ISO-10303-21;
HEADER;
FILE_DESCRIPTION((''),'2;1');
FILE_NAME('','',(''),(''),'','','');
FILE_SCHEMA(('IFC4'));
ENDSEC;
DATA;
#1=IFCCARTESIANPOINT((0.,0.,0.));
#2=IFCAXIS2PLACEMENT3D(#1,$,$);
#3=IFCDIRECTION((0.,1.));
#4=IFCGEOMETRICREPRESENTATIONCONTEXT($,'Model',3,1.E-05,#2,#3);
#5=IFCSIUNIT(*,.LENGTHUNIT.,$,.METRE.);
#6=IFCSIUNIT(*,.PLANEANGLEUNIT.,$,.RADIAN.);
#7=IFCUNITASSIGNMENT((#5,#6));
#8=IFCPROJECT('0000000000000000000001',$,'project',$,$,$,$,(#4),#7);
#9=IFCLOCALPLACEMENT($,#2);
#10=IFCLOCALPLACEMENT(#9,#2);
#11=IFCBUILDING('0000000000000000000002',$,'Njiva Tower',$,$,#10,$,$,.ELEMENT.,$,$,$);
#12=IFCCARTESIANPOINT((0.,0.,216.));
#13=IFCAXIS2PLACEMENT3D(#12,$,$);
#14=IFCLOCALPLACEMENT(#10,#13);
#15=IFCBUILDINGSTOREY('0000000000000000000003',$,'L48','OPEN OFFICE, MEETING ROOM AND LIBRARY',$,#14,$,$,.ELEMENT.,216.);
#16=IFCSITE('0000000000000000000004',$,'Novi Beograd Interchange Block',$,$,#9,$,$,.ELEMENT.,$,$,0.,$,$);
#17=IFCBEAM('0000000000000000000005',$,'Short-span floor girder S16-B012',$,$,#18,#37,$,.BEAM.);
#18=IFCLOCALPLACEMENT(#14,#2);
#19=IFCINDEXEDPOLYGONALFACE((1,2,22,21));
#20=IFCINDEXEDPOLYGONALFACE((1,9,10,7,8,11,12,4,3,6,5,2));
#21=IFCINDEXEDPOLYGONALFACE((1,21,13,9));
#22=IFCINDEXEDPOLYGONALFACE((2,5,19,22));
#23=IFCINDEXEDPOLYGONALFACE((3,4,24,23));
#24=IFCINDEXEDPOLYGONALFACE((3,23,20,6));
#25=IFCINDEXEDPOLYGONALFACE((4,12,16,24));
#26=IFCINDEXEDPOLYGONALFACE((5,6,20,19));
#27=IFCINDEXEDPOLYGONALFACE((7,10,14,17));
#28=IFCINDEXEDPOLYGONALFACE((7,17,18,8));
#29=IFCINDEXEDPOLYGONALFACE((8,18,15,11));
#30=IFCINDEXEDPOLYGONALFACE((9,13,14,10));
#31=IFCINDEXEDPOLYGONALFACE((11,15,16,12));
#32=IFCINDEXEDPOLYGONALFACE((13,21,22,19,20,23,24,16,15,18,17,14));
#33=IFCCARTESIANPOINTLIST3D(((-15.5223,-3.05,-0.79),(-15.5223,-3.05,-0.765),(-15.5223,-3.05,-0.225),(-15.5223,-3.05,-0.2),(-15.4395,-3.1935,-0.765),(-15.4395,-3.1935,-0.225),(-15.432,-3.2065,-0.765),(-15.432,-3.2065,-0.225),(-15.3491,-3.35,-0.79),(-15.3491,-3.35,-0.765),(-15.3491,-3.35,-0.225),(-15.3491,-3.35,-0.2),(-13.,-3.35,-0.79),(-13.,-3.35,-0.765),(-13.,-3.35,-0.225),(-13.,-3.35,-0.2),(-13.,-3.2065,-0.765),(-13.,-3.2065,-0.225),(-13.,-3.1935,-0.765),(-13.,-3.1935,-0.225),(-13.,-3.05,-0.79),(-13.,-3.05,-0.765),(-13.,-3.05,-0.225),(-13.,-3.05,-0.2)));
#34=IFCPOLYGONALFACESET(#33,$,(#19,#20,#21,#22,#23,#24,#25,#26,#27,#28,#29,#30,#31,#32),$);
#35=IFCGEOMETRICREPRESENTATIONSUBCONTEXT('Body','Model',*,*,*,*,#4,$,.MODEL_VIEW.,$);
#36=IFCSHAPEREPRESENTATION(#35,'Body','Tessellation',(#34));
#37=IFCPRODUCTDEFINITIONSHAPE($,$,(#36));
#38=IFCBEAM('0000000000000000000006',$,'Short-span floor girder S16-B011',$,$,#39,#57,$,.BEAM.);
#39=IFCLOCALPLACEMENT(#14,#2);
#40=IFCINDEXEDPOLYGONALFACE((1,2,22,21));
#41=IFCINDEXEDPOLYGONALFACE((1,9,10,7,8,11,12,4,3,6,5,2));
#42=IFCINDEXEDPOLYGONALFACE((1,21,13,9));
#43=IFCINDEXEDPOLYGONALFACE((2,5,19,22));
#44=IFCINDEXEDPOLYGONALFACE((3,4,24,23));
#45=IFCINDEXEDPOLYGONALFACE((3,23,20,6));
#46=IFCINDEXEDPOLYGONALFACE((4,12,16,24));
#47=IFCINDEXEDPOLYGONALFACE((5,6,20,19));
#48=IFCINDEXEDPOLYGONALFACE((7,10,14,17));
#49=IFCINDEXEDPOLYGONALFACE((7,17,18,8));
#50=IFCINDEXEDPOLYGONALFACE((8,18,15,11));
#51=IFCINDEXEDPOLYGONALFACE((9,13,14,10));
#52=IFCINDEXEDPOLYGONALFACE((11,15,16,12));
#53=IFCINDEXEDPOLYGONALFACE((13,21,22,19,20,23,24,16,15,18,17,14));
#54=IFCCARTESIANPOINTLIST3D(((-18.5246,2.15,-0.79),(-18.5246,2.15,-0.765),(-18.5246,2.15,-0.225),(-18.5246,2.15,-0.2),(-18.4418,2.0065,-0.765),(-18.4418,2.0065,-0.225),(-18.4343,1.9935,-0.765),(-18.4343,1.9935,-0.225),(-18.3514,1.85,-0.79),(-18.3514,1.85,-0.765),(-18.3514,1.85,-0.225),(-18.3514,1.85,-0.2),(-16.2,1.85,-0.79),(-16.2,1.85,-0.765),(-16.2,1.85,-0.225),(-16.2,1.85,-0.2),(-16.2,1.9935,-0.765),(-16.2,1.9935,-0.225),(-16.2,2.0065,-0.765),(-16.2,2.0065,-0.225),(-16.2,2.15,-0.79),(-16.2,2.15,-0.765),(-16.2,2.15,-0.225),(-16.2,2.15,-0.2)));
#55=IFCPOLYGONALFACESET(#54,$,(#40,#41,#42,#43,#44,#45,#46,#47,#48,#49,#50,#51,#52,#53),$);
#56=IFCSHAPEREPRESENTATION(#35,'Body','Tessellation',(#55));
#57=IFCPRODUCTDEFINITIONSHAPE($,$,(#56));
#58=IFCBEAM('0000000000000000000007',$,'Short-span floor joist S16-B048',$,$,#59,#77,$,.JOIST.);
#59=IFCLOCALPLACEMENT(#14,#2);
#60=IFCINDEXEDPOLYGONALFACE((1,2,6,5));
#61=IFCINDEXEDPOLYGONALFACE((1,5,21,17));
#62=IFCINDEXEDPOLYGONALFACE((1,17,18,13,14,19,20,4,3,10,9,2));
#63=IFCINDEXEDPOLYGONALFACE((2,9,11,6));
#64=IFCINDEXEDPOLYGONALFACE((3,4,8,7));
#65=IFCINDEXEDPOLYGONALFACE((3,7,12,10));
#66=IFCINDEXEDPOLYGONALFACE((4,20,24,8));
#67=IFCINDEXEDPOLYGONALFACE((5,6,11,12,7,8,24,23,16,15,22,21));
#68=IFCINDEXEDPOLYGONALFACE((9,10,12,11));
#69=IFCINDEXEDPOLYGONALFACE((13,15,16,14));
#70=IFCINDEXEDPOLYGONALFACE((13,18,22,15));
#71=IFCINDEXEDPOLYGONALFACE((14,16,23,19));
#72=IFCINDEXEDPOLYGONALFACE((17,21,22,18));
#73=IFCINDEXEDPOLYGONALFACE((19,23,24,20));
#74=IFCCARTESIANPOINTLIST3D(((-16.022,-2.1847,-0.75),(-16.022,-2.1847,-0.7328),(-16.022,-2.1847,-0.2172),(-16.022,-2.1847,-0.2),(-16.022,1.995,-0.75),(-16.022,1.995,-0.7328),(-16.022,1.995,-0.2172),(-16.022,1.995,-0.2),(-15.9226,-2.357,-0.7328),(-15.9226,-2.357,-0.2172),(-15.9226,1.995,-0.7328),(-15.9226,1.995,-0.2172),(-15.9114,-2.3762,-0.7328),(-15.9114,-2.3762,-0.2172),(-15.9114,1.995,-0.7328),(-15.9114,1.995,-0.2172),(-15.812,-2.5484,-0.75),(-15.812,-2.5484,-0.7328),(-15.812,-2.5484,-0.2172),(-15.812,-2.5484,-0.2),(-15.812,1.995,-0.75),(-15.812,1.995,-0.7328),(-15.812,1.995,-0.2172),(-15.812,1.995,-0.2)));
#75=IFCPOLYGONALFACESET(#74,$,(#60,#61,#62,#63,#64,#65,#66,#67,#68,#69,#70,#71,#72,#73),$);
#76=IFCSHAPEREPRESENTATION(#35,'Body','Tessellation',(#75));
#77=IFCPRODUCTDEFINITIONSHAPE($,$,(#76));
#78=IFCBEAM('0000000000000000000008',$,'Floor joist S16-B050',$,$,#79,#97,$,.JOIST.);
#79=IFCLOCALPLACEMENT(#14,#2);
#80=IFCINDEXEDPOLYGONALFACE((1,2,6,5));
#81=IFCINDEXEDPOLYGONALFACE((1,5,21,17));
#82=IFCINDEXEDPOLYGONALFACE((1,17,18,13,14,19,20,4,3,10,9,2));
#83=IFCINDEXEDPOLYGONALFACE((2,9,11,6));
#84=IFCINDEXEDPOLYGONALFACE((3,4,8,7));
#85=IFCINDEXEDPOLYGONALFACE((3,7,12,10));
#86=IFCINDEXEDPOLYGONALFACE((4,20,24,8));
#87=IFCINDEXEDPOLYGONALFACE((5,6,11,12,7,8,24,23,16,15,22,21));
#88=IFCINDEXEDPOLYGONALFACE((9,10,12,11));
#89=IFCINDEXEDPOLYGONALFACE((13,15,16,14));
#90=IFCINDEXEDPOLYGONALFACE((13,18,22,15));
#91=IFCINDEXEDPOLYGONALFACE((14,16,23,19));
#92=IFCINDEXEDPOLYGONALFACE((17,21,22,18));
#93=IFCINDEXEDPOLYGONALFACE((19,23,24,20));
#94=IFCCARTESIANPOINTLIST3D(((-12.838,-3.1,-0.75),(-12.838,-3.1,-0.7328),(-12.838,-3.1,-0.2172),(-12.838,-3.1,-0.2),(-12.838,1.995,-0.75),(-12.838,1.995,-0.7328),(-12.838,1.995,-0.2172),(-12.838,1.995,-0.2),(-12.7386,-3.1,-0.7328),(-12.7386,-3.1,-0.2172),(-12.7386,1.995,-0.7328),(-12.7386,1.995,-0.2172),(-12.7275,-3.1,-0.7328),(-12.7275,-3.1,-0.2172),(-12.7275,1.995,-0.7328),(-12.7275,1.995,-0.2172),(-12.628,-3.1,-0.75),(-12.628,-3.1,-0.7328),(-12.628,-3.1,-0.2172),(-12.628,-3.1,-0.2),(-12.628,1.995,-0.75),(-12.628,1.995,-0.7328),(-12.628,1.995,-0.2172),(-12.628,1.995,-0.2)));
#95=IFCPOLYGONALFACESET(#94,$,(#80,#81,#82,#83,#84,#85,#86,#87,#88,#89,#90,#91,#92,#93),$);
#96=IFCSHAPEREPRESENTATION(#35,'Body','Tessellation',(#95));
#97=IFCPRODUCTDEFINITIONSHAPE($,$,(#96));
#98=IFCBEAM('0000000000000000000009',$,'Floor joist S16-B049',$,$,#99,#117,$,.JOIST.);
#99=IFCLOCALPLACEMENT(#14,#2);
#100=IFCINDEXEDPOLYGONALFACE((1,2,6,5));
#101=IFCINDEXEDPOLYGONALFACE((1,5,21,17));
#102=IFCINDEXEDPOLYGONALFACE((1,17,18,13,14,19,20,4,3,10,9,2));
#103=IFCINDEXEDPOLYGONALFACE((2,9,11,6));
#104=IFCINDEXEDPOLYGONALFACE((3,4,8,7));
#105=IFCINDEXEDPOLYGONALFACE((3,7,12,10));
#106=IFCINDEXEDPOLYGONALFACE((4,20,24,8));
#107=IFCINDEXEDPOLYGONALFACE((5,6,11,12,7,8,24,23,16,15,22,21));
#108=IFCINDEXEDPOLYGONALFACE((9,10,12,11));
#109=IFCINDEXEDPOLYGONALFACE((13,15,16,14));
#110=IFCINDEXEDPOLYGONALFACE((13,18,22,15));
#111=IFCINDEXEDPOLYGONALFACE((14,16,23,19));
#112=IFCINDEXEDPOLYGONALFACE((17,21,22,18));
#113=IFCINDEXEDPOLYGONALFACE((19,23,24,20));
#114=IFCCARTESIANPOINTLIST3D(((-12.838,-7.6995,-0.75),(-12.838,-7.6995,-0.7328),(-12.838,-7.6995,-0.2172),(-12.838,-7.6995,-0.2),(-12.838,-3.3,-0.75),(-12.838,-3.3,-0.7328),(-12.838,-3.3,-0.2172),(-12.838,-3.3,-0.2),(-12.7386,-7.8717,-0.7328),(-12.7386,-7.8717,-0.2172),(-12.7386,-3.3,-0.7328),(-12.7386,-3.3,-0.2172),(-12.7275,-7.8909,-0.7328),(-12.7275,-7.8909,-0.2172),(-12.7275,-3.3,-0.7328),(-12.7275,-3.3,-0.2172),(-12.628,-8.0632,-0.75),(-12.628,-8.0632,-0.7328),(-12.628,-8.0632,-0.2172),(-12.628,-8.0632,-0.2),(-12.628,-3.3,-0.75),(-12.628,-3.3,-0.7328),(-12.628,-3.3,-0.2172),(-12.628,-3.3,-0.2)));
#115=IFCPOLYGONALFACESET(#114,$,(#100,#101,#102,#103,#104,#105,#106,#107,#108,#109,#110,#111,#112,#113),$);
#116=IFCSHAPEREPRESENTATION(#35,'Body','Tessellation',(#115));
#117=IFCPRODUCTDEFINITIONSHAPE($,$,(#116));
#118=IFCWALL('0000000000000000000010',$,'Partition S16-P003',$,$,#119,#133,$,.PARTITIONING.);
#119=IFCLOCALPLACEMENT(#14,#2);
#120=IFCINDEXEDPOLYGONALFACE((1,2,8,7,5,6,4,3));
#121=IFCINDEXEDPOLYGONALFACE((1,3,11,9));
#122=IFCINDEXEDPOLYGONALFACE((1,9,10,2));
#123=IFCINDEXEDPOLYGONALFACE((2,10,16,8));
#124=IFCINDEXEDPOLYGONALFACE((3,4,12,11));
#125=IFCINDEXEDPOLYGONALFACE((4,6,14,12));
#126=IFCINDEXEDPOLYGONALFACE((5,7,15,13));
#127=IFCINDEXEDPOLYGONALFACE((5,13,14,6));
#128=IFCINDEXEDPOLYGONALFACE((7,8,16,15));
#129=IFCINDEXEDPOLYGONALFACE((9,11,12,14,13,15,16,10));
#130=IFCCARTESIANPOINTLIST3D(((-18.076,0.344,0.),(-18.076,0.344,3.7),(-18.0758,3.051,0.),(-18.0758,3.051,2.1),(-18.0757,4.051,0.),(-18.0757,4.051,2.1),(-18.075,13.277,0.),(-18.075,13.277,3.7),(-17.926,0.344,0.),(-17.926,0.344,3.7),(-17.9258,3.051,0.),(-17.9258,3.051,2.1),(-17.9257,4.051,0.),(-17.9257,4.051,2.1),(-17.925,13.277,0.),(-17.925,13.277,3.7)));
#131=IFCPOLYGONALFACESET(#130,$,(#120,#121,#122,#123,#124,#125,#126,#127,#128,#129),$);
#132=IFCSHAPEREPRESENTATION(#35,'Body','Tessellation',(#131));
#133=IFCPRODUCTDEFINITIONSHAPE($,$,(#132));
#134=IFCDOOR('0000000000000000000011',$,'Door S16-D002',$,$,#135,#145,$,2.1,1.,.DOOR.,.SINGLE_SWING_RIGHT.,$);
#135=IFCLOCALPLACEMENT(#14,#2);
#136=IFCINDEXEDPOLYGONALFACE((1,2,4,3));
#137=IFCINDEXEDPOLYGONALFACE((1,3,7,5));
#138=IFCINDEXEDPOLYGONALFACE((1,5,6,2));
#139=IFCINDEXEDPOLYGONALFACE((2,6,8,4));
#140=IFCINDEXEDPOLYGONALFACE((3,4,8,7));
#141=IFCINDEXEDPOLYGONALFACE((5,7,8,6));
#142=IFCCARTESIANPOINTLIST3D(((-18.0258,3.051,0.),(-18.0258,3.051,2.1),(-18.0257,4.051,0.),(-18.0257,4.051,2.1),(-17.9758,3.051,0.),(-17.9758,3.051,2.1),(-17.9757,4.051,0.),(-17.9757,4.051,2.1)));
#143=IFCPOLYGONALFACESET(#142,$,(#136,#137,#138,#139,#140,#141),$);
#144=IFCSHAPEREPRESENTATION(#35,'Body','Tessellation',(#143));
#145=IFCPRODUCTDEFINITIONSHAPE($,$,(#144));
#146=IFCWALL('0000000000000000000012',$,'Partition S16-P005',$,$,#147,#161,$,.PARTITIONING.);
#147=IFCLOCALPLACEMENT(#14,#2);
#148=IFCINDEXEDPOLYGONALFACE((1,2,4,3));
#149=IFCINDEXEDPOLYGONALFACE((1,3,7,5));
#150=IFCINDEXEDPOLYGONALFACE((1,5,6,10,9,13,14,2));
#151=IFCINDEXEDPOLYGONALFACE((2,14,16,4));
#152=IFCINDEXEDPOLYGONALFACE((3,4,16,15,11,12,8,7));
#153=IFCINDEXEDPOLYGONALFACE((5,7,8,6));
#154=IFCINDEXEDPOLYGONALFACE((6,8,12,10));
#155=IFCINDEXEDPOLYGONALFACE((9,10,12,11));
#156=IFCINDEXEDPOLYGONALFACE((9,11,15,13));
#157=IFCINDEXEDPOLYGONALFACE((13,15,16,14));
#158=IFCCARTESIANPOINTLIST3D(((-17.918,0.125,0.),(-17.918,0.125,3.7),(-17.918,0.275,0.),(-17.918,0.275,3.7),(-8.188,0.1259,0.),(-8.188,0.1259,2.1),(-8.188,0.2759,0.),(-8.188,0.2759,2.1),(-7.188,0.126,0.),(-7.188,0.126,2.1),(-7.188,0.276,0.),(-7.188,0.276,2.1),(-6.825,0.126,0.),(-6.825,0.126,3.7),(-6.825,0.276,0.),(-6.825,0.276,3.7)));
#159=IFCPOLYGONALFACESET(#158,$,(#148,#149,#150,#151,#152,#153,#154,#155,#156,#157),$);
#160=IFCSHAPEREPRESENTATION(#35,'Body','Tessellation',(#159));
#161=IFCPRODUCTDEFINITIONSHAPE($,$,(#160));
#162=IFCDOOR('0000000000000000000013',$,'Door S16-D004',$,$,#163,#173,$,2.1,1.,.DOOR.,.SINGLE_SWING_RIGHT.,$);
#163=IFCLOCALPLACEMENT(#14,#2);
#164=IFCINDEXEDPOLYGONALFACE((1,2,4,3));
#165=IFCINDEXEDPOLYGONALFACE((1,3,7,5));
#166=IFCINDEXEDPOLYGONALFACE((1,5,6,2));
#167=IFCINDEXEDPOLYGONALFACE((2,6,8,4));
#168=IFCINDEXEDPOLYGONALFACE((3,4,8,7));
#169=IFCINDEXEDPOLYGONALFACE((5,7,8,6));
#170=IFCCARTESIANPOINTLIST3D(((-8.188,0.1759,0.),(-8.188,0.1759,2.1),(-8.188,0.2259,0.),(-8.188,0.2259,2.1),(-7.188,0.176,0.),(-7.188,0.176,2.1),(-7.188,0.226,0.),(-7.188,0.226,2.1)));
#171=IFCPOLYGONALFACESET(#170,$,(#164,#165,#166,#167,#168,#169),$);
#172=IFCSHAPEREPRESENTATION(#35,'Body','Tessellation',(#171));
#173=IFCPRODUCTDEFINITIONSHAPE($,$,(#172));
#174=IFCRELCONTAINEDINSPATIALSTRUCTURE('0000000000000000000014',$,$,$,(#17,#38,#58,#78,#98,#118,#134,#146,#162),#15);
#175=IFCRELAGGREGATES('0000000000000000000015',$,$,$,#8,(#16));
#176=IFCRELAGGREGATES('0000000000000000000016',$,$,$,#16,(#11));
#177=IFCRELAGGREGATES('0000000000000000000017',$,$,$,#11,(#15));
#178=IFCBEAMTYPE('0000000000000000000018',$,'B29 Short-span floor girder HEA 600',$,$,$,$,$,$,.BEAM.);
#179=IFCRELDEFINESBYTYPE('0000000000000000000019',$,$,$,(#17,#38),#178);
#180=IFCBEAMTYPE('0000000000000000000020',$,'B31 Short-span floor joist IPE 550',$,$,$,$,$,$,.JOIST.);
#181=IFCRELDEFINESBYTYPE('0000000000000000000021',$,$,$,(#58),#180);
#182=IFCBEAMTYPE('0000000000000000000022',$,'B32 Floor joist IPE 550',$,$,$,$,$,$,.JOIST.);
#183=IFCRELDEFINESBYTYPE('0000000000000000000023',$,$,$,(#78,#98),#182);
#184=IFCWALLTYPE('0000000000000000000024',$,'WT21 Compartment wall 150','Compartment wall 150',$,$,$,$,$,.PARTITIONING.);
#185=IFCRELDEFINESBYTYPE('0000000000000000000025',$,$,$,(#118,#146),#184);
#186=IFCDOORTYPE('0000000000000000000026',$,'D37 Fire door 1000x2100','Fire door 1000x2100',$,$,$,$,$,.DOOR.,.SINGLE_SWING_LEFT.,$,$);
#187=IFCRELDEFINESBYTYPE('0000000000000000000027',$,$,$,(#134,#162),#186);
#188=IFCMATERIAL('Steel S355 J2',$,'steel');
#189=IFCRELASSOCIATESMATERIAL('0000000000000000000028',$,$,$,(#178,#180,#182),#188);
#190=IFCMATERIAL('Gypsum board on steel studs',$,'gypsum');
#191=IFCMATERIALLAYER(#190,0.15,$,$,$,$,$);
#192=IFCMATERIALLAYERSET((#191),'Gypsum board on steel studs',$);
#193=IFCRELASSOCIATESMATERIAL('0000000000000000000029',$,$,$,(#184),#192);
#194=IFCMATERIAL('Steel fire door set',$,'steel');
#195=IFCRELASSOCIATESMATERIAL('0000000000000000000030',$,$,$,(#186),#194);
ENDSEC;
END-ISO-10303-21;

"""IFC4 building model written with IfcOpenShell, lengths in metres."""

from ifc_helpers import new_model, si_unit, direction, frame, frame_2d, origin, origin_2d, place, context, subcontext, project, spatial, rectangle, i_section, extrude, clip, halfspace, material, layer, layer_set, material_profile, profile_set, type_object, element, fill, save


model = new_model("IFC4")

# Units and contexts
model_context = context("Model", 3, precision=1e-05, world=origin(), true_north=direction((0.0, 1.0)))
body_context = subcontext(model_context, "Body", "Model", "MODEL_VIEW")
ifc_project = project(units=[si_unit("LENGTHUNIT", "METRE"), si_unit("PLANEANGLEUNIT", "RADIAN")], contexts=[model_context])

# Site, building, storey
site_placement = place(None, origin())
site = spatial("IfcSite", under=ifc_project, at=site_placement, Name="Novi Beograd Interchange Block", CompositionType="ELEMENT", RefElevation=0.0)
building_placement = place(site_placement, origin())
building = spatial("IfcBuilding", under=site, at=building_placement, Name="Njiva Tower", CompositionType="ELEMENT")
storey_placement = place(building_placement, frame((0.0, 0.0, 216.0)))
storey = spatial("IfcBuildingStorey", under=building, at=storey_placement, Name="L48", Description="OPEN OFFICE, MEETING ROOM AND LIBRARY", CompositionType="ELEMENT", Elevation=216.0)

# Shared definitions
ifc_material_1 = material(Name="Steel S355 J2", Category="steel")

# Beams
ifc_material_profile_1 = material_profile(ifc_material_1, i_section(OverallWidth=0.3, OverallDepth=0.59, WebThickness=0.013, FlangeThickness=0.025, at=origin_2d()), Name="HEA 600")
ifc_profile_set_1 = profile_set([ifc_material_profile_1], Name="Steel S355 J2")
beam_type_1 = type_object("IfcBeamType", Name="B29 Short-span floor girder HEA 600", PredefinedType="BEAM", material=ifc_profile_set_1)
beam_1_placement = place(storey_placement, frame((-15.543, -3.2, -0.495), z_axis=(1.0, 0.0, 0.0), x_axis=(0.0, 1.0, 0.0)))
element("IfcBeam", 1, at=beam_1_placement, inside=storey, type_object=beam_type_1, Name="Short-span floor girder S16-B012", PredefinedType="BEAM", context=body_context, shape_type="Clipping", body=[
    clip(extrude(i_section(OverallWidth=0.3, OverallDepth=0.59, WebThickness=0.013, FlangeThickness=0.025, at=origin_2d()), origin(), (0.0, 0.0, 1.0), 2.543), halfspace(frame((-0.025, 0.0, 0.1217), z_axis=(-0.499998, 0.0, -0.866027), x_axis=(0.0, -1.0, 0.0)), False)),
])
beam_2_placement = place(storey_placement, frame((-18.545, 2.0, -0.495), z_axis=(1.0, 0.0, 0.0), x_axis=(0.0, 1.0, 0.0)))
element("IfcBeam", 2, at=beam_2_placement, inside=storey, type_object=beam_type_1, Name="Short-span floor girder S16-B011", PredefinedType="BEAM", context=body_context, shape_type="Clipping", body=[
    clip(extrude(i_section(OverallWidth=0.3, OverallDepth=0.59, WebThickness=0.013, FlangeThickness=0.025, at=origin_2d()), origin(), (0.0, 0.0, 1.0), 2.345), halfspace(frame((-0.025, 0.0, 0.1214), z_axis=(-0.499998, 0.0, -0.866027), x_axis=(0.0, -1.0, 0.0)), False)),
])
ifc_material_profile_2 = material_profile(ifc_material_1, i_section(OverallWidth=0.21, OverallDepth=0.55, WebThickness=0.0111, FlangeThickness=0.0172, at=origin_2d()), Name="IPE 550")
ifc_profile_set_2 = profile_set([ifc_material_profile_2], Name="Steel S355 J2")
beam_type_2 = type_object("IfcBeamType", Name="B31 Short-span floor joist IPE 550", PredefinedType="JOIST", material=ifc_profile_set_2)
beam_3_placement = place(storey_placement, frame((-15.917, 1.995, -0.475), z_axis=(0.0, -1.0, 0.0), x_axis=(1.0, 0.0, 0.0)))
element("IfcBeam", 3, at=beam_3_placement, inside=storey, type_object=beam_type_2, Name="Short-span floor joist S16-B048", PredefinedType="JOIST", context=body_context, shape_type="Clipping", body=[
    clip(extrude(i_section(OverallWidth=0.21, OverallDepth=0.55, WebThickness=0.0111, FlangeThickness=0.0172, at=origin_2d()), origin(), (0.0, 0.0, 1.0), 4.564), halfspace(frame((-0.043, 0.0, 4.2871), z_axis=(-0.866027, 0.0, 0.499998), x_axis=(0.0, 1.0, 0.0)), False)),
])
ifc_material_profile_3 = material_profile(ifc_material_1, i_section(OverallWidth=0.21, OverallDepth=0.55, WebThickness=0.0111, FlangeThickness=0.0172, at=origin_2d()), Name="IPE 550")
ifc_profile_set_3 = profile_set([ifc_material_profile_3], Name="Steel S355 J2")
beam_type_3 = type_object("IfcBeamType", Name="B32 Floor joist IPE 550", PredefinedType="JOIST", material=ifc_profile_set_3)
beam_4_placement = place(storey_placement, frame((-12.733, 1.995, -0.475), z_axis=(0.0, -1.0, 0.0), x_axis=(1.0, 0.0, 0.0)))
element("IfcBeam", 4, at=beam_4_placement, inside=storey, type_object=beam_type_3, Name="Floor joist S16-B050", PredefinedType="JOIST", context=body_context, shape_type="SweptSolid", body=[
    extrude(i_section(OverallWidth=0.21, OverallDepth=0.55, WebThickness=0.0111, FlangeThickness=0.0172, at=origin_2d()), origin(), (0.0, 0.0, 1.0), 5.095),
])
beam_5_placement = place(storey_placement, frame((-12.733, -3.3, -0.475), z_axis=(0.0, -1.0, 0.0), x_axis=(1.0, 0.0, 0.0)))
element("IfcBeam", 5, at=beam_5_placement, inside=storey, type_object=beam_type_3, Name="Floor joist S16-B049", PredefinedType="JOIST", context=body_context, shape_type="Clipping", body=[
    clip(extrude(i_section(OverallWidth=0.21, OverallDepth=0.55, WebThickness=0.0111, FlangeThickness=0.0172, at=origin_2d()), origin(), (0.0, 0.0, 1.0), 4.783), halfspace(frame((-0.0436, 0.0, 4.5058), z_axis=(-0.866027, 0.0, 0.499998), x_axis=(0.0, 1.0, 0.0)), False)),
])

# Walls, openings, doors
ifc_material_2 = material(Name="Gypsum board on steel studs", Category="gypsum")
ifc_layer = layer(ifc_material_2, 0.15)
ifc_layer_set = layer_set([ifc_layer], Name="Gypsum board on steel studs")
wall_type = type_object("IfcWallType", Name="WT21 Compartment wall 150", Description="Compartment wall 150", PredefinedType="PARTITIONING", material=ifc_layer_set)
wall_1_placement = place(storey_placement, frame((-18.001, 0.344, 0.0), z_axis=(0.0, 0.0, 1.0), x_axis=(0.000077, 1.0, 0.0)))
wall_1 = element("IfcWall", 6, at=wall_1_placement, inside=storey, type_object=wall_type, Name="Partition S16-P003", PredefinedType="PARTITIONING", context=body_context, shape_type="SweptSolid", body=[
    extrude(rectangle(XDim=12.933, YDim=0.15, at=frame_2d((6.4665, 0.0))), origin(), (0.0, 0.0, 1.0), 3.7),
])
opening_1_placement = place(wall_1_placement, frame((2.707, 0.0, 0.0)))
opening_1 = element("IfcOpeningElement", 7, at=opening_1_placement, cuts=wall_1, PredefinedType="OPENING", context=body_context, shape_type="SweptSolid", body=[
    extrude(rectangle(XDim=1.0, YDim=2.1, at=frame_2d((0.5, 1.05))), frame((0.0, 0.085, 0.0), z_axis=(0.0, -1.0, 0.0), x_axis=(1.0, 0.0, 0.0)), (0.0, 0.0, 1.0), 0.17),
])
ifc_material_3 = material(Name="Steel fire door set", Category="steel")
door_type = type_object("IfcDoorType", Name="D37 Fire door 1000x2100", Description="Fire door 1000x2100", OperationType="SINGLE_SWING_LEFT", PredefinedType="DOOR", material=ifc_material_3)
door_1_placement = place(opening_1_placement, origin())
door_1 = element("IfcDoor", 8, at=door_1_placement, inside=storey, type_object=door_type, Name="Door S16-D002", OperationType="SINGLE_SWING_RIGHT", OverallHeight=2.1, OverallWidth=1.0, PredefinedType="DOOR", context=body_context, shape_type="SweptSolid", body=[
    extrude(rectangle(XDim=1.0, YDim=2.1, at=frame_2d((0.5, 1.05))), frame((0.0, 0.025, 0.0), z_axis=(0.0, -1.0, 0.0), x_axis=(1.0, 0.0, 0.0)), (0.0, 0.0, 1.0), 0.05),
])
fill(opening_1, door_1)
wall_2_placement = place(storey_placement, frame((-17.918, 0.2, 0.0), z_axis=(0.0, 0.0, 1.0), x_axis=(1.0, 0.00009, 0.0)))
wall_2 = element("IfcWall", 9, at=wall_2_placement, inside=storey, type_object=wall_type, Name="Partition S16-P005", PredefinedType="PARTITIONING", context=body_context, shape_type="SweptSolid", body=[
    extrude(rectangle(XDim=11.093, YDim=0.15, at=frame_2d((5.5465, 0.0))), origin(), (0.0, 0.0, 1.0), 3.7),
])
opening_2_placement = place(wall_2_placement, frame((9.73, 0.0, 0.0)))
opening_2 = element("IfcOpeningElement", 10, at=opening_2_placement, cuts=wall_2, PredefinedType="OPENING", context=body_context, shape_type="SweptSolid", body=[
    extrude(rectangle(XDim=1.0, YDim=2.1, at=frame_2d((0.5, 1.05))), frame((0.0, 0.085, 0.0), z_axis=(0.0, -1.0, 0.0), x_axis=(1.0, 0.0, 0.0)), (0.0, 0.0, 1.0), 0.17),
])
door_2_placement = place(opening_2_placement, origin())
door_2 = element("IfcDoor", 11, at=door_2_placement, inside=storey, type_object=door_type, Name="Door S16-D004", OperationType="SINGLE_SWING_RIGHT", OverallHeight=2.1, OverallWidth=1.0, PredefinedType="DOOR", context=body_context, shape_type="SweptSolid", body=[
    extrude(rectangle(XDim=1.0, YDim=2.1, at=frame_2d((0.5, 1.05))), frame((0.0, 0.025, 0.0), z_axis=(0.0, -1.0, 0.0), x_axis=(1.0, 0.0, 0.0)), (0.0, 0.0, 1.0), 0.05),
])
fill(opening_2, door_2)

save(model, "model.ifc")
